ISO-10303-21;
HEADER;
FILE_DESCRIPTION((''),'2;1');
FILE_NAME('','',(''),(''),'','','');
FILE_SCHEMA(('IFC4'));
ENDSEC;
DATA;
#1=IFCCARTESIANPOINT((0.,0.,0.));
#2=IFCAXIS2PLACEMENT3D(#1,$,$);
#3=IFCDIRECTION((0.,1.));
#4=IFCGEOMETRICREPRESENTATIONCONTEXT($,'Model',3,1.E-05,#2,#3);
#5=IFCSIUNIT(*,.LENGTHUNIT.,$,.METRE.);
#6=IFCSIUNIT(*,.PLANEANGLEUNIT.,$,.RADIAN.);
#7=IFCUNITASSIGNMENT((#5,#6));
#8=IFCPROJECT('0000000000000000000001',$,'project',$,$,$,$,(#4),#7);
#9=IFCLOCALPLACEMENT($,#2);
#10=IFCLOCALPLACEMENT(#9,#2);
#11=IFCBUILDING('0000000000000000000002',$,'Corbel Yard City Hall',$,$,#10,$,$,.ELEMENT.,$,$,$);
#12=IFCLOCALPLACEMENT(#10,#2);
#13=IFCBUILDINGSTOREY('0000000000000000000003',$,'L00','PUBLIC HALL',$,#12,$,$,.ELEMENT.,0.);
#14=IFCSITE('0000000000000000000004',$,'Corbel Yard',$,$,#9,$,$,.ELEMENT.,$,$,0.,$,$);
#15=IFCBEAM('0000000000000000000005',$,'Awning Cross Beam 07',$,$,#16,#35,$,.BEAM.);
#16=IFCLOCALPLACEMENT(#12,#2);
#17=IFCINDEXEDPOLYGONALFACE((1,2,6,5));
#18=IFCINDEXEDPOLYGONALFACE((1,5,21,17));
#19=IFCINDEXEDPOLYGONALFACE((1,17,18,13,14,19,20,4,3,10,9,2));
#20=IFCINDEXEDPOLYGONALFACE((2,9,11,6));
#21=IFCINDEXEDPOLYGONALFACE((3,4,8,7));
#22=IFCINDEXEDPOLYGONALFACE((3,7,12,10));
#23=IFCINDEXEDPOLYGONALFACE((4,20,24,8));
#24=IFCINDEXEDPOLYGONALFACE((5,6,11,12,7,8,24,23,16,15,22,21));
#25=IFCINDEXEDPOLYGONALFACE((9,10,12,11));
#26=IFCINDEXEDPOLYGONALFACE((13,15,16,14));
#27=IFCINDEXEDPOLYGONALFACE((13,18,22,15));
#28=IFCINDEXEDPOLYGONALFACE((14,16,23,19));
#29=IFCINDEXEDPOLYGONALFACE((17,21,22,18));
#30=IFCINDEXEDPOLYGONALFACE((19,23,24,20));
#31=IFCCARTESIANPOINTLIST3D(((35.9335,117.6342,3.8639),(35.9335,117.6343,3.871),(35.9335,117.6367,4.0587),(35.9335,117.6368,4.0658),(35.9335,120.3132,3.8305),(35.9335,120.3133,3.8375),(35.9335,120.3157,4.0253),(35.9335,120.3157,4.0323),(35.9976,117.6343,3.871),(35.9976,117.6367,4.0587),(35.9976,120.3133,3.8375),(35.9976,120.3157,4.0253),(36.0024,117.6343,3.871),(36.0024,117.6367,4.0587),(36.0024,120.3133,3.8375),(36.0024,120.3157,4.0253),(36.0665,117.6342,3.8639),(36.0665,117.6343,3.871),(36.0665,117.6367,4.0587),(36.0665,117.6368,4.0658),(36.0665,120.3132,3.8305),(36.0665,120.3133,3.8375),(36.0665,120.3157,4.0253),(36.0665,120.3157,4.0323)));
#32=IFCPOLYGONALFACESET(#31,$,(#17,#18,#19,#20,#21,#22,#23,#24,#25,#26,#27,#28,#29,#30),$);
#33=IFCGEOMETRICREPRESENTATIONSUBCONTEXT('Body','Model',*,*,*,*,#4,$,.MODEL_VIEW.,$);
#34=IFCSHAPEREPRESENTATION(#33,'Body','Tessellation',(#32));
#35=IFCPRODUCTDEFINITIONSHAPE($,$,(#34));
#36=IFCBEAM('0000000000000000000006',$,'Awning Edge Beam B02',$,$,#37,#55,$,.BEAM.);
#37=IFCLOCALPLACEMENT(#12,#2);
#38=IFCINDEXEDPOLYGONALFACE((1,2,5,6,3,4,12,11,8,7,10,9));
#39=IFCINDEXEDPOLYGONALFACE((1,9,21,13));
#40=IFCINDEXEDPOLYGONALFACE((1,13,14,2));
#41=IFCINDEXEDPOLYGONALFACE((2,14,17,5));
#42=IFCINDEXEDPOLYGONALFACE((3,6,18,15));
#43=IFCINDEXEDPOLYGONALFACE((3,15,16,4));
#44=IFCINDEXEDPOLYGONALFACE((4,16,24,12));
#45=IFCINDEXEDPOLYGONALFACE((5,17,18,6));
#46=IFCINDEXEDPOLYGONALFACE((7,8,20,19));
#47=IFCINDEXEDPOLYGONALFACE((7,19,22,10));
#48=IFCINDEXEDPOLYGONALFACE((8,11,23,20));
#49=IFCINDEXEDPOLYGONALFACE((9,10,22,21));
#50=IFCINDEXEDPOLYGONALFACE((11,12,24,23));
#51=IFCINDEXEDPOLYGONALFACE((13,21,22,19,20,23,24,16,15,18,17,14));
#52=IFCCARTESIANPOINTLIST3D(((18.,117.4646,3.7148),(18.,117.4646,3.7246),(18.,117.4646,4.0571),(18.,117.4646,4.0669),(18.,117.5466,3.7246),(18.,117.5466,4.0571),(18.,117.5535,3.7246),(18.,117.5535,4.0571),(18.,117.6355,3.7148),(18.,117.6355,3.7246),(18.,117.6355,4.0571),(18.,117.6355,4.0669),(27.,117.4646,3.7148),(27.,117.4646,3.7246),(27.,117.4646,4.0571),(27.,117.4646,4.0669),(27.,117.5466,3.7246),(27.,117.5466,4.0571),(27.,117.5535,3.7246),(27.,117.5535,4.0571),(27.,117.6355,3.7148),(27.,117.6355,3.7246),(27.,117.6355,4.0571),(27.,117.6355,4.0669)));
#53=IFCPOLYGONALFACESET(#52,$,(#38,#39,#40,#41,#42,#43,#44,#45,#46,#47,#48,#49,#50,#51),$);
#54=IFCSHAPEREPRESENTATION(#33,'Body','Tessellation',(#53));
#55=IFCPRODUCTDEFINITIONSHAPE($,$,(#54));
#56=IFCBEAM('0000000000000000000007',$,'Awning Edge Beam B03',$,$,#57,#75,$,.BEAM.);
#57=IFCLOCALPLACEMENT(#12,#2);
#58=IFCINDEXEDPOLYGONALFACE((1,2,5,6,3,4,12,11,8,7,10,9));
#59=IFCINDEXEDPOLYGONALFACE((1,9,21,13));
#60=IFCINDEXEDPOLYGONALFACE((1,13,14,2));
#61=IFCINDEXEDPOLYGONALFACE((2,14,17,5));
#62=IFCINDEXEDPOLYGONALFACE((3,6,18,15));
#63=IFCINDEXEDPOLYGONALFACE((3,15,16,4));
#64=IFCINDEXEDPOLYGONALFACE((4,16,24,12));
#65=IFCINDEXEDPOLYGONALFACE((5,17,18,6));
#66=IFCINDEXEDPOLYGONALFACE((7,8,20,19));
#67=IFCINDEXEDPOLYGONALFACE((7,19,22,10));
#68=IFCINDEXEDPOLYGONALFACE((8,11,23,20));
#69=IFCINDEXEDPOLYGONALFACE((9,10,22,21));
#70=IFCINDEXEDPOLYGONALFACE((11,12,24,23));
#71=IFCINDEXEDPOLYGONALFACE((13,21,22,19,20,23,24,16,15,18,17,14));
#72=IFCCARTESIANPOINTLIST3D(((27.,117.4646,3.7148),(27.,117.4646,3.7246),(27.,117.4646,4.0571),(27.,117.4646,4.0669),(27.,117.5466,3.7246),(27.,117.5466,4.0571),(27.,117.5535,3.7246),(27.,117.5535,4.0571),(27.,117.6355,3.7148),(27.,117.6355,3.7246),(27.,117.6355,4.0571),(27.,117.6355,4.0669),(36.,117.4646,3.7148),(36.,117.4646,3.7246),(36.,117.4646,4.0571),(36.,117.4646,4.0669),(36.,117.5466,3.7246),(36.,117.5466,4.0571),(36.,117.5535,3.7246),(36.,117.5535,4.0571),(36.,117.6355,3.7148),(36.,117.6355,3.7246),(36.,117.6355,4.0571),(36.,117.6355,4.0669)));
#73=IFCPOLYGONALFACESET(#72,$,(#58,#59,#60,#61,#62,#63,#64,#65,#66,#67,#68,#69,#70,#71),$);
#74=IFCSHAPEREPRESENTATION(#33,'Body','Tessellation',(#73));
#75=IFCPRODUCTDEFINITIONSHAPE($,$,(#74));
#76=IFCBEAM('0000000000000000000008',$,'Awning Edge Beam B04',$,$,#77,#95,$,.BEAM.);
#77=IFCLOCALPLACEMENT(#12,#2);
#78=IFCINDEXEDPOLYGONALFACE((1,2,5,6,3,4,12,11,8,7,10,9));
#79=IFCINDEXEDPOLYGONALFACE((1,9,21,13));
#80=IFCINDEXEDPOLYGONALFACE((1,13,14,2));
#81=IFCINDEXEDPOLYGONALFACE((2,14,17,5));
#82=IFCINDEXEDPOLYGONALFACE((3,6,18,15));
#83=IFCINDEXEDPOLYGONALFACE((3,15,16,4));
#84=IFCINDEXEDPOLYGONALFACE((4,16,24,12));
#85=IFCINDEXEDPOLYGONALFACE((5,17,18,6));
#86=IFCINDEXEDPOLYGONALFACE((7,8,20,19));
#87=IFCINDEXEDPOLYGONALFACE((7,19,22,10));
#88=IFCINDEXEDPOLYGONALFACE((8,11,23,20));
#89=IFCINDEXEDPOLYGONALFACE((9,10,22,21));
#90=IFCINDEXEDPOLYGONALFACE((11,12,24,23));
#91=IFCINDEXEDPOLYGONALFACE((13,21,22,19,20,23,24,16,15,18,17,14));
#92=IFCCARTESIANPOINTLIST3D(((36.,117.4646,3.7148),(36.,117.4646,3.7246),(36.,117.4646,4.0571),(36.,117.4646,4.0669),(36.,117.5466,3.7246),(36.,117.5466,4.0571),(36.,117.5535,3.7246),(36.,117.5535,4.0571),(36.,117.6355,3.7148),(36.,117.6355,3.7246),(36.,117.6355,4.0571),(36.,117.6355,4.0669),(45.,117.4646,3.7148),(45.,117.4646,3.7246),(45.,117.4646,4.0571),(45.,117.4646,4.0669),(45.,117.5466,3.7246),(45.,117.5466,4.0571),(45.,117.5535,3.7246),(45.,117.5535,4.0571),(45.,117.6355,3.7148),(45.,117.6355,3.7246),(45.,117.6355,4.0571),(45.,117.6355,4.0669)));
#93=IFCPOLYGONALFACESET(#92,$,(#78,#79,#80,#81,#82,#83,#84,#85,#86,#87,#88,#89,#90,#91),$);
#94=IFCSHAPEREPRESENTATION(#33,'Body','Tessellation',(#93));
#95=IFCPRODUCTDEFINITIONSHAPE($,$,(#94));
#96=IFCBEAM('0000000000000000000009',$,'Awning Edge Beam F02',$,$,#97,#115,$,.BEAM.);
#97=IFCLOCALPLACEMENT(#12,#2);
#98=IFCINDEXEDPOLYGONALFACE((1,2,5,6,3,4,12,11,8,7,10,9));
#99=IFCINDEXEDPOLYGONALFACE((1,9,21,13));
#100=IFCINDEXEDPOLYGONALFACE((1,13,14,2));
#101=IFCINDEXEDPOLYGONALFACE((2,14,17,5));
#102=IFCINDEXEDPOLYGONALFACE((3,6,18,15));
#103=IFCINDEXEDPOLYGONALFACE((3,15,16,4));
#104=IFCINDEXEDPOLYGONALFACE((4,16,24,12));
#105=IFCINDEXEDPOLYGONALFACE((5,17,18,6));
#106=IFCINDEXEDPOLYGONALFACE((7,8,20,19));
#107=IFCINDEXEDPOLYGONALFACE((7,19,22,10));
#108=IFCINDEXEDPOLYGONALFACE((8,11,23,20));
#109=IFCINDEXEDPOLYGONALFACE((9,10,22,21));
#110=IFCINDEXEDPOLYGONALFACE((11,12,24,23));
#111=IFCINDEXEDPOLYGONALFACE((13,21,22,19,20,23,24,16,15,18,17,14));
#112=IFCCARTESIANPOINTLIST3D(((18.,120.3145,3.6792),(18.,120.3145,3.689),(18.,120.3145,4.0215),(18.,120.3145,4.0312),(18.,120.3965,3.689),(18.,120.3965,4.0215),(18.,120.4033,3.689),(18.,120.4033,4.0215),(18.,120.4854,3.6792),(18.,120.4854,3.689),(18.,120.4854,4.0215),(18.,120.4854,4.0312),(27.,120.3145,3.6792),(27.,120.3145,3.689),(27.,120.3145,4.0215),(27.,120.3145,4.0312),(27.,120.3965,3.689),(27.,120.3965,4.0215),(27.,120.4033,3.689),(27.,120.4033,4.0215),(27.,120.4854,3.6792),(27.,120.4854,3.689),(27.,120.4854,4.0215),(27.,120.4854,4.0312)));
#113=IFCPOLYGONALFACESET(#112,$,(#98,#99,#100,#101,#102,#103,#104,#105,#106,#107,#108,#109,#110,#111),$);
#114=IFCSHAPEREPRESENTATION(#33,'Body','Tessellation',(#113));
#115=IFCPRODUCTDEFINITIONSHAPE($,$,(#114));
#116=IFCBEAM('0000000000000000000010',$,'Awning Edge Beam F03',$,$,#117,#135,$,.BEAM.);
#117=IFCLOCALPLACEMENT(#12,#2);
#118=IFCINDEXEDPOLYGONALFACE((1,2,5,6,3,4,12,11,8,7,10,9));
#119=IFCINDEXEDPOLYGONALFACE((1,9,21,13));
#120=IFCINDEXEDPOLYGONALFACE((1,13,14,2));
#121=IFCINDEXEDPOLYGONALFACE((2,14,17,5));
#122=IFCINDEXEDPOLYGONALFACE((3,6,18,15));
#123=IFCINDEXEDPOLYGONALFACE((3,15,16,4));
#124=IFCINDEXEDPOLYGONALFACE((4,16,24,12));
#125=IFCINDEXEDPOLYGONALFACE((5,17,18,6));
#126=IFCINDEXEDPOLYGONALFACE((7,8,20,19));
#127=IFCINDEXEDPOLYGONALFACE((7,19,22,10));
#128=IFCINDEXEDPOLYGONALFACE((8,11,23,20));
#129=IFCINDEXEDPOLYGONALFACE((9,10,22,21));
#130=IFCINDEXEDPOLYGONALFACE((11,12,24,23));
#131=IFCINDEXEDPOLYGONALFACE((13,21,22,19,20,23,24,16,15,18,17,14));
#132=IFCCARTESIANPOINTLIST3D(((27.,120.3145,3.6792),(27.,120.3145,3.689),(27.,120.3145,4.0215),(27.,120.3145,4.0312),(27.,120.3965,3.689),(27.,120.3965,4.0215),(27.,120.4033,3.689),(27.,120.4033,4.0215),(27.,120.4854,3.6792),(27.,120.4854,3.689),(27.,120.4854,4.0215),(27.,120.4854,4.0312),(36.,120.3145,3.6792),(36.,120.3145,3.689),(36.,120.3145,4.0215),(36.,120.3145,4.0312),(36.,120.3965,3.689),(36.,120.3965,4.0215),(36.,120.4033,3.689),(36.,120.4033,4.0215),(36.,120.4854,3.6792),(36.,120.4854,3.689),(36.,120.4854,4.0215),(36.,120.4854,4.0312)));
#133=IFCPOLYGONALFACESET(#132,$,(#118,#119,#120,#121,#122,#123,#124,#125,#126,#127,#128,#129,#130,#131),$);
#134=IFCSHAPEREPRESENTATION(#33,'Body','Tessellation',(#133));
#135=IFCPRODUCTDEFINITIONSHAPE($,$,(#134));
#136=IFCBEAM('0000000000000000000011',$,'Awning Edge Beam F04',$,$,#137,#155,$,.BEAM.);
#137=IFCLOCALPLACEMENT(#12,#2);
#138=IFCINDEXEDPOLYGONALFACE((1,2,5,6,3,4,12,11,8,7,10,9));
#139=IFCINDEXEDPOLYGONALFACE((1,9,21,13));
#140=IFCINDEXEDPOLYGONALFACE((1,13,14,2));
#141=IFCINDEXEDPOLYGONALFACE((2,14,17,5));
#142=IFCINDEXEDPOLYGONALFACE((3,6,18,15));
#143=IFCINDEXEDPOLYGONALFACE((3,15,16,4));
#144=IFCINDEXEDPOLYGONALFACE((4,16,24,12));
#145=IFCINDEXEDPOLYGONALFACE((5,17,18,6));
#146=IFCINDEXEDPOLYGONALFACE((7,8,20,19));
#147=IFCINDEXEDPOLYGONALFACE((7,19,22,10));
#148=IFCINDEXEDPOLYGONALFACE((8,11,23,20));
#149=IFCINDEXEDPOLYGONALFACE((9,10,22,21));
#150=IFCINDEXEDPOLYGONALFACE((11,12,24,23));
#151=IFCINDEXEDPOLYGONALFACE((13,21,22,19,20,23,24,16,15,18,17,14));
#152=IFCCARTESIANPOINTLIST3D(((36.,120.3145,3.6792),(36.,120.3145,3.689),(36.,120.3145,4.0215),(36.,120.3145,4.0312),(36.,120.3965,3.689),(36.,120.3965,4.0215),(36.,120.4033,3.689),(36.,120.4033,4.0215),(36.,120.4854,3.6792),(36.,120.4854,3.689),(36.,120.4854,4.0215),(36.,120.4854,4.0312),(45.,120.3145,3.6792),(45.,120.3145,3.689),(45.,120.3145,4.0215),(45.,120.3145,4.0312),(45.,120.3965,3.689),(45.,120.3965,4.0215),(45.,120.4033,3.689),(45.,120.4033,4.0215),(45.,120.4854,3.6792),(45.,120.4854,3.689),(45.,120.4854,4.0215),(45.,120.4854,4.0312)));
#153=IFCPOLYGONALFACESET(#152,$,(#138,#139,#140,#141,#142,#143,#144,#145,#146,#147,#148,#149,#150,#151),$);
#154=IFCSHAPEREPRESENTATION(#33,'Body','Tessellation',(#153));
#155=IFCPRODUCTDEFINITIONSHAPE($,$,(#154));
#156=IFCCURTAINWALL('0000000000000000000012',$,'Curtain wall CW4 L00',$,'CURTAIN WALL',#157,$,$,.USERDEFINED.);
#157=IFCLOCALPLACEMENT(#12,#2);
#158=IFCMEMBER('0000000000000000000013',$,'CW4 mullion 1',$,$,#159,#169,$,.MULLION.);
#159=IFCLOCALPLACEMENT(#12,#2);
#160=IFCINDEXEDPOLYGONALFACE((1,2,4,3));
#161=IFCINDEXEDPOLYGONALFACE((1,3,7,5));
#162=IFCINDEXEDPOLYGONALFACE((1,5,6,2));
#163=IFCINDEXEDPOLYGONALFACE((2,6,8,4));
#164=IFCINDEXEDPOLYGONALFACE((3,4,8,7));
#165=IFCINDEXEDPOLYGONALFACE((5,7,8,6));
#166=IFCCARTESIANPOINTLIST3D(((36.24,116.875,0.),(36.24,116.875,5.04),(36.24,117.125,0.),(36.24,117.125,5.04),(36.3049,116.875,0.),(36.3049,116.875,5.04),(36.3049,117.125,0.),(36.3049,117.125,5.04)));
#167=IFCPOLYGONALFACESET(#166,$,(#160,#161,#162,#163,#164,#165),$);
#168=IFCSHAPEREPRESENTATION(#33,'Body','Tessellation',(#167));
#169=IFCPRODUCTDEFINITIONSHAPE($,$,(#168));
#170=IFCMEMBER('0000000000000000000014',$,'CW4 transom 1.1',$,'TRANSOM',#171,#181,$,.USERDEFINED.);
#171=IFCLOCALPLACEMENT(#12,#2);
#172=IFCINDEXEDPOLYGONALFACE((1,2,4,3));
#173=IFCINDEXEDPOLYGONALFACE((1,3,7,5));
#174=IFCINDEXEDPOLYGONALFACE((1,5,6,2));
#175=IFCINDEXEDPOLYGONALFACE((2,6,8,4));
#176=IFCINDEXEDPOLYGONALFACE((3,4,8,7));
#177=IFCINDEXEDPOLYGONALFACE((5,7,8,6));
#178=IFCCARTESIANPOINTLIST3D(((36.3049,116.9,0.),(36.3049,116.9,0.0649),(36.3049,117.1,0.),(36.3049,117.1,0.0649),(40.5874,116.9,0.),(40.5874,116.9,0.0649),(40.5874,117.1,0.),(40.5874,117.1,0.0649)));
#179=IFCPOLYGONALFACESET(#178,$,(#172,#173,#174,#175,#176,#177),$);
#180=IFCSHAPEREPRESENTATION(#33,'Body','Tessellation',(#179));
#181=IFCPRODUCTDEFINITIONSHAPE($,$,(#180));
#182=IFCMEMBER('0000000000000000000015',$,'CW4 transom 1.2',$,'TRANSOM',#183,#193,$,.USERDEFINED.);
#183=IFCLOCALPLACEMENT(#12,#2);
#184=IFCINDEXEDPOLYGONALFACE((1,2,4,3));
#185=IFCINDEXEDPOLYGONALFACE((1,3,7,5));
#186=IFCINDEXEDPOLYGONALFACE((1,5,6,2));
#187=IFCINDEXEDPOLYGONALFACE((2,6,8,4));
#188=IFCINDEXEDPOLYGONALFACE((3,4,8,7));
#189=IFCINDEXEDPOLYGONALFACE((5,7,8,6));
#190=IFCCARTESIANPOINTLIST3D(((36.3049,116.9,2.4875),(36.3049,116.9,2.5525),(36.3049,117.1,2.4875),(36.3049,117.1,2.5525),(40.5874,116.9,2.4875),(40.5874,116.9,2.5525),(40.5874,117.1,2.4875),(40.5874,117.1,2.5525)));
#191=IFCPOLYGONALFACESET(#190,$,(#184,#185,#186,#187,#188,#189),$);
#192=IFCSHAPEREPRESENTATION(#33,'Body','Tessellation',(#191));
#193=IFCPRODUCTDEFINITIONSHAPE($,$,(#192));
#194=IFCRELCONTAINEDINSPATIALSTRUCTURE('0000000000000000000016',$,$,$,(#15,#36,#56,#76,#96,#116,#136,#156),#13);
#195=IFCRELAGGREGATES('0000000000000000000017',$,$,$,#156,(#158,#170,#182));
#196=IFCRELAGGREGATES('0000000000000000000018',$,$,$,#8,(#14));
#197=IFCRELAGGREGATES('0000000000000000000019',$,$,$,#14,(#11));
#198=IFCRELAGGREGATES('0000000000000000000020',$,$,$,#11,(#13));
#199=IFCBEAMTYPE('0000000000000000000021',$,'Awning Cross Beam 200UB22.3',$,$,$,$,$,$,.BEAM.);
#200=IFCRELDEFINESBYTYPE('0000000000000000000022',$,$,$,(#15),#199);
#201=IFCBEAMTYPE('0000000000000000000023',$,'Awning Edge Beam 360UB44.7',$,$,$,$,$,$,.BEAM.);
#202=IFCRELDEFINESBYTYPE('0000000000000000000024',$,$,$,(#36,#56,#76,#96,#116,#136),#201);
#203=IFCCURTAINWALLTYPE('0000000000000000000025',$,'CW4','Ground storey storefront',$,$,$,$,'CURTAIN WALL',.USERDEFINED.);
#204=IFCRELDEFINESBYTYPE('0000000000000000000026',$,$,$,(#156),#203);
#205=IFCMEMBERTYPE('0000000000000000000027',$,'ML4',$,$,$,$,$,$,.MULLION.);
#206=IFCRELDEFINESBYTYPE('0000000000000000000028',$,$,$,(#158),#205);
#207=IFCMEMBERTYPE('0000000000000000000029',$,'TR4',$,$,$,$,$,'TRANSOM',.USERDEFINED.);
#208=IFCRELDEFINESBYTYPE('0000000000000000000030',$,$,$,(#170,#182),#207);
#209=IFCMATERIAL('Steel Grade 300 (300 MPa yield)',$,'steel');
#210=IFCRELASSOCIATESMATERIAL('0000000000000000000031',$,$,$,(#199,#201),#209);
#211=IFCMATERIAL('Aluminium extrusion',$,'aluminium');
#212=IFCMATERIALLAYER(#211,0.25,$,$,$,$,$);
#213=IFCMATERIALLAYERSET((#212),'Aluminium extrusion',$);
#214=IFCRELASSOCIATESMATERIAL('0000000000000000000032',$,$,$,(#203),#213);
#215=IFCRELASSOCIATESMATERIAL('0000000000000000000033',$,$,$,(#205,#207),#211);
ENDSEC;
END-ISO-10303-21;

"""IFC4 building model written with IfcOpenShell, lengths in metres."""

from ifc_helpers import new_model, si_unit, direction, frame, origin, origin_2d, place, context, subcontext, project, spatial, rectangle, i_section, extrude, material, layer, layer_set, material_profile, profile_set, type_object, element, aggregate, save


model = new_model("IFC4")

# Units and contexts
model_context = context("Model", 3, precision=1e-05, world=origin(), true_north=direction((0.0, 1.0)))
body_context = subcontext(model_context, "Body", "Model", "MODEL_VIEW")
ifc_project = project(units=[si_unit("LENGTHUNIT", "METRE"), si_unit("PLANEANGLEUNIT", "RADIAN")], contexts=[model_context])

# Site, building, storey
site_placement = place(None, origin())
site = spatial("IfcSite", under=ifc_project, at=site_placement, Name="Corbel Yard", CompositionType="ELEMENT", RefElevation=0.0)
building_placement = place(site_placement, origin())
building = spatial("IfcBuilding", under=site, at=building_placement, Name="Corbel Yard City Hall", CompositionType="ELEMENT")
storey_placement = place(building_placement, origin())
storey = spatial("IfcBuildingStorey", under=building, at=storey_placement, Name="L00", Description="PUBLIC HALL", CompositionType="ELEMENT", Elevation=0.0)

# Beams
ifc_material_1 = material(Name="Steel Grade 300 (300 MPa yield)", Category="steel")
ifc_material_profile_1 = material_profile(ifc_material_1, i_section(OverallWidth=0.1331, OverallDepth=0.2019, WebThickness=0.0049, FlangeThickness=0.0071, at=origin_2d()), Name="200UB22.3")
ifc_profile_set_1 = profile_set([ifc_material_profile_1], Name="Steel Grade 300 (300 MPa yield)")
beam_type_1 = type_object("IfcBeamType", Name="Awning Cross Beam 200UB22.3", PredefinedType="BEAM", material=ifc_profile_set_1)
for number, where, z_axis, x_axis, name in (
    (1, (36.0, 117.6355, 3.9648), (0.0, 0.999922, -0.012484), (-1.0, 0.0, 0.0), "Awning Cross Beam 07"),
):
    element("IfcBeam", number, at=place(storey_placement, frame(where, z_axis=z_axis, x_axis=x_axis)), inside=storey, type_object=beam_type_1, Name=name, PredefinedType="BEAM", context=body_context, shape_type="SweptSolid", body=[
        extrude(i_section(OverallWidth=0.1331, OverallDepth=0.2019, WebThickness=0.0049, FlangeThickness=0.0071, at=origin_2d()), origin(), (0.0, 0.0, 1.0), 2.6792),
    ])
ifc_material_profile_2 = material_profile(ifc_material_1, i_section(OverallWidth=0.1709, OverallDepth=0.3521, WebThickness=0.0068, FlangeThickness=0.0098, at=origin_2d()), Name="360UB44.7")
ifc_profile_set_2 = profile_set([ifc_material_profile_2], Name="Steel Grade 300 (300 MPa yield)")
beam_type_2 = type_object("IfcBeamType", Name="Awning Edge Beam 360UB44.7", PredefinedType="BEAM", material=ifc_profile_set_2)
for number, where, z_axis, x_axis, name in (
    (2, (18.0, 117.55, 3.8909), (1.0, 0.0, 0.0), (0.0, 1.0, 0.0), "Awning Edge Beam B02"),
    (3, (27.0, 117.55, 3.8909), (1.0, 0.0, 0.0), (0.0, 1.0, 0.0), "Awning Edge Beam B03"),
    (4, (36.0, 117.55, 3.8909), (1.0, 0.0, 0.0), (0.0, 1.0, 0.0), "Awning Edge Beam B04"),
    (5, (18.0, 120.3999, 3.8552), (1.0, 0.0, 0.0), (0.0, 1.0, 0.0), "Awning Edge Beam F02"),
    (6, (27.0, 120.3999, 3.8552), (1.0, 0.0, 0.0), (0.0, 1.0, 0.0), "Awning Edge Beam F03"),
    (7, (36.0, 120.3999, 3.8552), (1.0, 0.0, 0.0), (0.0, 1.0, 0.0), "Awning Edge Beam F04"),
):
    element("IfcBeam", number, at=place(storey_placement, frame(where, z_axis=z_axis, x_axis=x_axis)), inside=storey, type_object=beam_type_2, Name=name, PredefinedType="BEAM", context=body_context, shape_type="SweptSolid", body=[
        extrude(i_section(OverallWidth=0.1709, OverallDepth=0.3521, WebThickness=0.0068, FlangeThickness=0.0098, at=origin_2d()), origin(), (0.0, 0.0, 1.0), 9.0),
    ])

# Curtain wall, members
ifc_material_2 = material(Name="Aluminium extrusion", Category="aluminium")
ifc_layer = layer(ifc_material_2, 0.25)
ifc_layer_set = layer_set([ifc_layer], Name="Aluminium extrusion")
curtain_wall_type = type_object("IfcCurtainWallType", Name="CW4", Description="Ground storey storefront", ElementType="CURTAIN WALL", PredefinedType="USERDEFINED", material=ifc_layer_set)
curtain_wall_placement = place(storey_placement, origin())
curtain_wall = element("IfcCurtainWall", 8, at=curtain_wall_placement, inside=storey, type_object=curtain_wall_type, Name="Curtain wall CW4 L00", ObjectType="CURTAIN WALL", PredefinedType="USERDEFINED")
ifc_material_profile_3 = material_profile(ifc_material_2, rectangle(XDim=0.25, YDim=0.0649, at=origin_2d()), Name="250x65")
ifc_profile_set_3 = profile_set([ifc_material_profile_3], Name="Aluminium extrusion")
member_type_1 = type_object("IfcMemberType", Name="ML4", PredefinedType="MULLION", material=ifc_profile_set_3)
member_1_placement = place(storey_placement, frame((36.2725, 117.0, 0.0), z_axis=(0.0, 0.0, 1.0), x_axis=(0.0, 1.0, 0.0)))
member_1 = element("IfcMember", 9, at=member_1_placement, type_object=member_type_1, Name="CW4 mullion 1", PredefinedType="MULLION", context=body_context, shape_type="SweptSolid", body=[
    extrude(rectangle(XDim=0.25, YDim=0.0649, at=origin_2d()), origin(), (0.0, 0.0, 1.0), 5.04),
])
ifc_material_profile_4 = material_profile(ifc_material_2, rectangle(XDim=0.2, YDim=0.0649, at=origin_2d()), Name="200x65")
ifc_profile_set_4 = profile_set([ifc_material_profile_4], Name="Aluminium extrusion")
member_type_2 = type_object("IfcMemberType", Name="TR4", ElementType="TRANSOM", PredefinedType="USERDEFINED", material=ifc_profile_set_4)
member_2_placement = place(storey_placement, frame((36.3049, 117.0, 0.0325), z_axis=(1.0, 0.0, 0.0), x_axis=(0.0, 1.0, 0.0)))
member_2 = element("IfcMember", 10, at=member_2_placement, type_object=member_type_2, Name="CW4 transom 1.1", ObjectType="TRANSOM", PredefinedType="USERDEFINED", context=body_context, shape_type="SweptSolid", body=[
    extrude(rectangle(XDim=0.2, YDim=0.0649, at=origin_2d()), origin(), (0.0, 0.0, 1.0), 4.2825),
])
member_3_placement = place(storey_placement, frame((36.3049, 117.0, 2.52), z_axis=(1.0, 0.0, 0.0), x_axis=(0.0, 1.0, 0.0)))
member_3 = element("IfcMember", 11, at=member_3_placement, type_object=member_type_2, Name="CW4 transom 1.2", ObjectType="TRANSOM", PredefinedType="USERDEFINED", context=body_context, shape_type="SweptSolid", body=[
    extrude(rectangle(XDim=0.2, YDim=0.0649, at=origin_2d()), origin(), (0.0, 0.0, 1.0), 4.2825),
])
aggregate(curtain_wall, [member_1, member_2, member_3])

save(model, "model.ifc")
